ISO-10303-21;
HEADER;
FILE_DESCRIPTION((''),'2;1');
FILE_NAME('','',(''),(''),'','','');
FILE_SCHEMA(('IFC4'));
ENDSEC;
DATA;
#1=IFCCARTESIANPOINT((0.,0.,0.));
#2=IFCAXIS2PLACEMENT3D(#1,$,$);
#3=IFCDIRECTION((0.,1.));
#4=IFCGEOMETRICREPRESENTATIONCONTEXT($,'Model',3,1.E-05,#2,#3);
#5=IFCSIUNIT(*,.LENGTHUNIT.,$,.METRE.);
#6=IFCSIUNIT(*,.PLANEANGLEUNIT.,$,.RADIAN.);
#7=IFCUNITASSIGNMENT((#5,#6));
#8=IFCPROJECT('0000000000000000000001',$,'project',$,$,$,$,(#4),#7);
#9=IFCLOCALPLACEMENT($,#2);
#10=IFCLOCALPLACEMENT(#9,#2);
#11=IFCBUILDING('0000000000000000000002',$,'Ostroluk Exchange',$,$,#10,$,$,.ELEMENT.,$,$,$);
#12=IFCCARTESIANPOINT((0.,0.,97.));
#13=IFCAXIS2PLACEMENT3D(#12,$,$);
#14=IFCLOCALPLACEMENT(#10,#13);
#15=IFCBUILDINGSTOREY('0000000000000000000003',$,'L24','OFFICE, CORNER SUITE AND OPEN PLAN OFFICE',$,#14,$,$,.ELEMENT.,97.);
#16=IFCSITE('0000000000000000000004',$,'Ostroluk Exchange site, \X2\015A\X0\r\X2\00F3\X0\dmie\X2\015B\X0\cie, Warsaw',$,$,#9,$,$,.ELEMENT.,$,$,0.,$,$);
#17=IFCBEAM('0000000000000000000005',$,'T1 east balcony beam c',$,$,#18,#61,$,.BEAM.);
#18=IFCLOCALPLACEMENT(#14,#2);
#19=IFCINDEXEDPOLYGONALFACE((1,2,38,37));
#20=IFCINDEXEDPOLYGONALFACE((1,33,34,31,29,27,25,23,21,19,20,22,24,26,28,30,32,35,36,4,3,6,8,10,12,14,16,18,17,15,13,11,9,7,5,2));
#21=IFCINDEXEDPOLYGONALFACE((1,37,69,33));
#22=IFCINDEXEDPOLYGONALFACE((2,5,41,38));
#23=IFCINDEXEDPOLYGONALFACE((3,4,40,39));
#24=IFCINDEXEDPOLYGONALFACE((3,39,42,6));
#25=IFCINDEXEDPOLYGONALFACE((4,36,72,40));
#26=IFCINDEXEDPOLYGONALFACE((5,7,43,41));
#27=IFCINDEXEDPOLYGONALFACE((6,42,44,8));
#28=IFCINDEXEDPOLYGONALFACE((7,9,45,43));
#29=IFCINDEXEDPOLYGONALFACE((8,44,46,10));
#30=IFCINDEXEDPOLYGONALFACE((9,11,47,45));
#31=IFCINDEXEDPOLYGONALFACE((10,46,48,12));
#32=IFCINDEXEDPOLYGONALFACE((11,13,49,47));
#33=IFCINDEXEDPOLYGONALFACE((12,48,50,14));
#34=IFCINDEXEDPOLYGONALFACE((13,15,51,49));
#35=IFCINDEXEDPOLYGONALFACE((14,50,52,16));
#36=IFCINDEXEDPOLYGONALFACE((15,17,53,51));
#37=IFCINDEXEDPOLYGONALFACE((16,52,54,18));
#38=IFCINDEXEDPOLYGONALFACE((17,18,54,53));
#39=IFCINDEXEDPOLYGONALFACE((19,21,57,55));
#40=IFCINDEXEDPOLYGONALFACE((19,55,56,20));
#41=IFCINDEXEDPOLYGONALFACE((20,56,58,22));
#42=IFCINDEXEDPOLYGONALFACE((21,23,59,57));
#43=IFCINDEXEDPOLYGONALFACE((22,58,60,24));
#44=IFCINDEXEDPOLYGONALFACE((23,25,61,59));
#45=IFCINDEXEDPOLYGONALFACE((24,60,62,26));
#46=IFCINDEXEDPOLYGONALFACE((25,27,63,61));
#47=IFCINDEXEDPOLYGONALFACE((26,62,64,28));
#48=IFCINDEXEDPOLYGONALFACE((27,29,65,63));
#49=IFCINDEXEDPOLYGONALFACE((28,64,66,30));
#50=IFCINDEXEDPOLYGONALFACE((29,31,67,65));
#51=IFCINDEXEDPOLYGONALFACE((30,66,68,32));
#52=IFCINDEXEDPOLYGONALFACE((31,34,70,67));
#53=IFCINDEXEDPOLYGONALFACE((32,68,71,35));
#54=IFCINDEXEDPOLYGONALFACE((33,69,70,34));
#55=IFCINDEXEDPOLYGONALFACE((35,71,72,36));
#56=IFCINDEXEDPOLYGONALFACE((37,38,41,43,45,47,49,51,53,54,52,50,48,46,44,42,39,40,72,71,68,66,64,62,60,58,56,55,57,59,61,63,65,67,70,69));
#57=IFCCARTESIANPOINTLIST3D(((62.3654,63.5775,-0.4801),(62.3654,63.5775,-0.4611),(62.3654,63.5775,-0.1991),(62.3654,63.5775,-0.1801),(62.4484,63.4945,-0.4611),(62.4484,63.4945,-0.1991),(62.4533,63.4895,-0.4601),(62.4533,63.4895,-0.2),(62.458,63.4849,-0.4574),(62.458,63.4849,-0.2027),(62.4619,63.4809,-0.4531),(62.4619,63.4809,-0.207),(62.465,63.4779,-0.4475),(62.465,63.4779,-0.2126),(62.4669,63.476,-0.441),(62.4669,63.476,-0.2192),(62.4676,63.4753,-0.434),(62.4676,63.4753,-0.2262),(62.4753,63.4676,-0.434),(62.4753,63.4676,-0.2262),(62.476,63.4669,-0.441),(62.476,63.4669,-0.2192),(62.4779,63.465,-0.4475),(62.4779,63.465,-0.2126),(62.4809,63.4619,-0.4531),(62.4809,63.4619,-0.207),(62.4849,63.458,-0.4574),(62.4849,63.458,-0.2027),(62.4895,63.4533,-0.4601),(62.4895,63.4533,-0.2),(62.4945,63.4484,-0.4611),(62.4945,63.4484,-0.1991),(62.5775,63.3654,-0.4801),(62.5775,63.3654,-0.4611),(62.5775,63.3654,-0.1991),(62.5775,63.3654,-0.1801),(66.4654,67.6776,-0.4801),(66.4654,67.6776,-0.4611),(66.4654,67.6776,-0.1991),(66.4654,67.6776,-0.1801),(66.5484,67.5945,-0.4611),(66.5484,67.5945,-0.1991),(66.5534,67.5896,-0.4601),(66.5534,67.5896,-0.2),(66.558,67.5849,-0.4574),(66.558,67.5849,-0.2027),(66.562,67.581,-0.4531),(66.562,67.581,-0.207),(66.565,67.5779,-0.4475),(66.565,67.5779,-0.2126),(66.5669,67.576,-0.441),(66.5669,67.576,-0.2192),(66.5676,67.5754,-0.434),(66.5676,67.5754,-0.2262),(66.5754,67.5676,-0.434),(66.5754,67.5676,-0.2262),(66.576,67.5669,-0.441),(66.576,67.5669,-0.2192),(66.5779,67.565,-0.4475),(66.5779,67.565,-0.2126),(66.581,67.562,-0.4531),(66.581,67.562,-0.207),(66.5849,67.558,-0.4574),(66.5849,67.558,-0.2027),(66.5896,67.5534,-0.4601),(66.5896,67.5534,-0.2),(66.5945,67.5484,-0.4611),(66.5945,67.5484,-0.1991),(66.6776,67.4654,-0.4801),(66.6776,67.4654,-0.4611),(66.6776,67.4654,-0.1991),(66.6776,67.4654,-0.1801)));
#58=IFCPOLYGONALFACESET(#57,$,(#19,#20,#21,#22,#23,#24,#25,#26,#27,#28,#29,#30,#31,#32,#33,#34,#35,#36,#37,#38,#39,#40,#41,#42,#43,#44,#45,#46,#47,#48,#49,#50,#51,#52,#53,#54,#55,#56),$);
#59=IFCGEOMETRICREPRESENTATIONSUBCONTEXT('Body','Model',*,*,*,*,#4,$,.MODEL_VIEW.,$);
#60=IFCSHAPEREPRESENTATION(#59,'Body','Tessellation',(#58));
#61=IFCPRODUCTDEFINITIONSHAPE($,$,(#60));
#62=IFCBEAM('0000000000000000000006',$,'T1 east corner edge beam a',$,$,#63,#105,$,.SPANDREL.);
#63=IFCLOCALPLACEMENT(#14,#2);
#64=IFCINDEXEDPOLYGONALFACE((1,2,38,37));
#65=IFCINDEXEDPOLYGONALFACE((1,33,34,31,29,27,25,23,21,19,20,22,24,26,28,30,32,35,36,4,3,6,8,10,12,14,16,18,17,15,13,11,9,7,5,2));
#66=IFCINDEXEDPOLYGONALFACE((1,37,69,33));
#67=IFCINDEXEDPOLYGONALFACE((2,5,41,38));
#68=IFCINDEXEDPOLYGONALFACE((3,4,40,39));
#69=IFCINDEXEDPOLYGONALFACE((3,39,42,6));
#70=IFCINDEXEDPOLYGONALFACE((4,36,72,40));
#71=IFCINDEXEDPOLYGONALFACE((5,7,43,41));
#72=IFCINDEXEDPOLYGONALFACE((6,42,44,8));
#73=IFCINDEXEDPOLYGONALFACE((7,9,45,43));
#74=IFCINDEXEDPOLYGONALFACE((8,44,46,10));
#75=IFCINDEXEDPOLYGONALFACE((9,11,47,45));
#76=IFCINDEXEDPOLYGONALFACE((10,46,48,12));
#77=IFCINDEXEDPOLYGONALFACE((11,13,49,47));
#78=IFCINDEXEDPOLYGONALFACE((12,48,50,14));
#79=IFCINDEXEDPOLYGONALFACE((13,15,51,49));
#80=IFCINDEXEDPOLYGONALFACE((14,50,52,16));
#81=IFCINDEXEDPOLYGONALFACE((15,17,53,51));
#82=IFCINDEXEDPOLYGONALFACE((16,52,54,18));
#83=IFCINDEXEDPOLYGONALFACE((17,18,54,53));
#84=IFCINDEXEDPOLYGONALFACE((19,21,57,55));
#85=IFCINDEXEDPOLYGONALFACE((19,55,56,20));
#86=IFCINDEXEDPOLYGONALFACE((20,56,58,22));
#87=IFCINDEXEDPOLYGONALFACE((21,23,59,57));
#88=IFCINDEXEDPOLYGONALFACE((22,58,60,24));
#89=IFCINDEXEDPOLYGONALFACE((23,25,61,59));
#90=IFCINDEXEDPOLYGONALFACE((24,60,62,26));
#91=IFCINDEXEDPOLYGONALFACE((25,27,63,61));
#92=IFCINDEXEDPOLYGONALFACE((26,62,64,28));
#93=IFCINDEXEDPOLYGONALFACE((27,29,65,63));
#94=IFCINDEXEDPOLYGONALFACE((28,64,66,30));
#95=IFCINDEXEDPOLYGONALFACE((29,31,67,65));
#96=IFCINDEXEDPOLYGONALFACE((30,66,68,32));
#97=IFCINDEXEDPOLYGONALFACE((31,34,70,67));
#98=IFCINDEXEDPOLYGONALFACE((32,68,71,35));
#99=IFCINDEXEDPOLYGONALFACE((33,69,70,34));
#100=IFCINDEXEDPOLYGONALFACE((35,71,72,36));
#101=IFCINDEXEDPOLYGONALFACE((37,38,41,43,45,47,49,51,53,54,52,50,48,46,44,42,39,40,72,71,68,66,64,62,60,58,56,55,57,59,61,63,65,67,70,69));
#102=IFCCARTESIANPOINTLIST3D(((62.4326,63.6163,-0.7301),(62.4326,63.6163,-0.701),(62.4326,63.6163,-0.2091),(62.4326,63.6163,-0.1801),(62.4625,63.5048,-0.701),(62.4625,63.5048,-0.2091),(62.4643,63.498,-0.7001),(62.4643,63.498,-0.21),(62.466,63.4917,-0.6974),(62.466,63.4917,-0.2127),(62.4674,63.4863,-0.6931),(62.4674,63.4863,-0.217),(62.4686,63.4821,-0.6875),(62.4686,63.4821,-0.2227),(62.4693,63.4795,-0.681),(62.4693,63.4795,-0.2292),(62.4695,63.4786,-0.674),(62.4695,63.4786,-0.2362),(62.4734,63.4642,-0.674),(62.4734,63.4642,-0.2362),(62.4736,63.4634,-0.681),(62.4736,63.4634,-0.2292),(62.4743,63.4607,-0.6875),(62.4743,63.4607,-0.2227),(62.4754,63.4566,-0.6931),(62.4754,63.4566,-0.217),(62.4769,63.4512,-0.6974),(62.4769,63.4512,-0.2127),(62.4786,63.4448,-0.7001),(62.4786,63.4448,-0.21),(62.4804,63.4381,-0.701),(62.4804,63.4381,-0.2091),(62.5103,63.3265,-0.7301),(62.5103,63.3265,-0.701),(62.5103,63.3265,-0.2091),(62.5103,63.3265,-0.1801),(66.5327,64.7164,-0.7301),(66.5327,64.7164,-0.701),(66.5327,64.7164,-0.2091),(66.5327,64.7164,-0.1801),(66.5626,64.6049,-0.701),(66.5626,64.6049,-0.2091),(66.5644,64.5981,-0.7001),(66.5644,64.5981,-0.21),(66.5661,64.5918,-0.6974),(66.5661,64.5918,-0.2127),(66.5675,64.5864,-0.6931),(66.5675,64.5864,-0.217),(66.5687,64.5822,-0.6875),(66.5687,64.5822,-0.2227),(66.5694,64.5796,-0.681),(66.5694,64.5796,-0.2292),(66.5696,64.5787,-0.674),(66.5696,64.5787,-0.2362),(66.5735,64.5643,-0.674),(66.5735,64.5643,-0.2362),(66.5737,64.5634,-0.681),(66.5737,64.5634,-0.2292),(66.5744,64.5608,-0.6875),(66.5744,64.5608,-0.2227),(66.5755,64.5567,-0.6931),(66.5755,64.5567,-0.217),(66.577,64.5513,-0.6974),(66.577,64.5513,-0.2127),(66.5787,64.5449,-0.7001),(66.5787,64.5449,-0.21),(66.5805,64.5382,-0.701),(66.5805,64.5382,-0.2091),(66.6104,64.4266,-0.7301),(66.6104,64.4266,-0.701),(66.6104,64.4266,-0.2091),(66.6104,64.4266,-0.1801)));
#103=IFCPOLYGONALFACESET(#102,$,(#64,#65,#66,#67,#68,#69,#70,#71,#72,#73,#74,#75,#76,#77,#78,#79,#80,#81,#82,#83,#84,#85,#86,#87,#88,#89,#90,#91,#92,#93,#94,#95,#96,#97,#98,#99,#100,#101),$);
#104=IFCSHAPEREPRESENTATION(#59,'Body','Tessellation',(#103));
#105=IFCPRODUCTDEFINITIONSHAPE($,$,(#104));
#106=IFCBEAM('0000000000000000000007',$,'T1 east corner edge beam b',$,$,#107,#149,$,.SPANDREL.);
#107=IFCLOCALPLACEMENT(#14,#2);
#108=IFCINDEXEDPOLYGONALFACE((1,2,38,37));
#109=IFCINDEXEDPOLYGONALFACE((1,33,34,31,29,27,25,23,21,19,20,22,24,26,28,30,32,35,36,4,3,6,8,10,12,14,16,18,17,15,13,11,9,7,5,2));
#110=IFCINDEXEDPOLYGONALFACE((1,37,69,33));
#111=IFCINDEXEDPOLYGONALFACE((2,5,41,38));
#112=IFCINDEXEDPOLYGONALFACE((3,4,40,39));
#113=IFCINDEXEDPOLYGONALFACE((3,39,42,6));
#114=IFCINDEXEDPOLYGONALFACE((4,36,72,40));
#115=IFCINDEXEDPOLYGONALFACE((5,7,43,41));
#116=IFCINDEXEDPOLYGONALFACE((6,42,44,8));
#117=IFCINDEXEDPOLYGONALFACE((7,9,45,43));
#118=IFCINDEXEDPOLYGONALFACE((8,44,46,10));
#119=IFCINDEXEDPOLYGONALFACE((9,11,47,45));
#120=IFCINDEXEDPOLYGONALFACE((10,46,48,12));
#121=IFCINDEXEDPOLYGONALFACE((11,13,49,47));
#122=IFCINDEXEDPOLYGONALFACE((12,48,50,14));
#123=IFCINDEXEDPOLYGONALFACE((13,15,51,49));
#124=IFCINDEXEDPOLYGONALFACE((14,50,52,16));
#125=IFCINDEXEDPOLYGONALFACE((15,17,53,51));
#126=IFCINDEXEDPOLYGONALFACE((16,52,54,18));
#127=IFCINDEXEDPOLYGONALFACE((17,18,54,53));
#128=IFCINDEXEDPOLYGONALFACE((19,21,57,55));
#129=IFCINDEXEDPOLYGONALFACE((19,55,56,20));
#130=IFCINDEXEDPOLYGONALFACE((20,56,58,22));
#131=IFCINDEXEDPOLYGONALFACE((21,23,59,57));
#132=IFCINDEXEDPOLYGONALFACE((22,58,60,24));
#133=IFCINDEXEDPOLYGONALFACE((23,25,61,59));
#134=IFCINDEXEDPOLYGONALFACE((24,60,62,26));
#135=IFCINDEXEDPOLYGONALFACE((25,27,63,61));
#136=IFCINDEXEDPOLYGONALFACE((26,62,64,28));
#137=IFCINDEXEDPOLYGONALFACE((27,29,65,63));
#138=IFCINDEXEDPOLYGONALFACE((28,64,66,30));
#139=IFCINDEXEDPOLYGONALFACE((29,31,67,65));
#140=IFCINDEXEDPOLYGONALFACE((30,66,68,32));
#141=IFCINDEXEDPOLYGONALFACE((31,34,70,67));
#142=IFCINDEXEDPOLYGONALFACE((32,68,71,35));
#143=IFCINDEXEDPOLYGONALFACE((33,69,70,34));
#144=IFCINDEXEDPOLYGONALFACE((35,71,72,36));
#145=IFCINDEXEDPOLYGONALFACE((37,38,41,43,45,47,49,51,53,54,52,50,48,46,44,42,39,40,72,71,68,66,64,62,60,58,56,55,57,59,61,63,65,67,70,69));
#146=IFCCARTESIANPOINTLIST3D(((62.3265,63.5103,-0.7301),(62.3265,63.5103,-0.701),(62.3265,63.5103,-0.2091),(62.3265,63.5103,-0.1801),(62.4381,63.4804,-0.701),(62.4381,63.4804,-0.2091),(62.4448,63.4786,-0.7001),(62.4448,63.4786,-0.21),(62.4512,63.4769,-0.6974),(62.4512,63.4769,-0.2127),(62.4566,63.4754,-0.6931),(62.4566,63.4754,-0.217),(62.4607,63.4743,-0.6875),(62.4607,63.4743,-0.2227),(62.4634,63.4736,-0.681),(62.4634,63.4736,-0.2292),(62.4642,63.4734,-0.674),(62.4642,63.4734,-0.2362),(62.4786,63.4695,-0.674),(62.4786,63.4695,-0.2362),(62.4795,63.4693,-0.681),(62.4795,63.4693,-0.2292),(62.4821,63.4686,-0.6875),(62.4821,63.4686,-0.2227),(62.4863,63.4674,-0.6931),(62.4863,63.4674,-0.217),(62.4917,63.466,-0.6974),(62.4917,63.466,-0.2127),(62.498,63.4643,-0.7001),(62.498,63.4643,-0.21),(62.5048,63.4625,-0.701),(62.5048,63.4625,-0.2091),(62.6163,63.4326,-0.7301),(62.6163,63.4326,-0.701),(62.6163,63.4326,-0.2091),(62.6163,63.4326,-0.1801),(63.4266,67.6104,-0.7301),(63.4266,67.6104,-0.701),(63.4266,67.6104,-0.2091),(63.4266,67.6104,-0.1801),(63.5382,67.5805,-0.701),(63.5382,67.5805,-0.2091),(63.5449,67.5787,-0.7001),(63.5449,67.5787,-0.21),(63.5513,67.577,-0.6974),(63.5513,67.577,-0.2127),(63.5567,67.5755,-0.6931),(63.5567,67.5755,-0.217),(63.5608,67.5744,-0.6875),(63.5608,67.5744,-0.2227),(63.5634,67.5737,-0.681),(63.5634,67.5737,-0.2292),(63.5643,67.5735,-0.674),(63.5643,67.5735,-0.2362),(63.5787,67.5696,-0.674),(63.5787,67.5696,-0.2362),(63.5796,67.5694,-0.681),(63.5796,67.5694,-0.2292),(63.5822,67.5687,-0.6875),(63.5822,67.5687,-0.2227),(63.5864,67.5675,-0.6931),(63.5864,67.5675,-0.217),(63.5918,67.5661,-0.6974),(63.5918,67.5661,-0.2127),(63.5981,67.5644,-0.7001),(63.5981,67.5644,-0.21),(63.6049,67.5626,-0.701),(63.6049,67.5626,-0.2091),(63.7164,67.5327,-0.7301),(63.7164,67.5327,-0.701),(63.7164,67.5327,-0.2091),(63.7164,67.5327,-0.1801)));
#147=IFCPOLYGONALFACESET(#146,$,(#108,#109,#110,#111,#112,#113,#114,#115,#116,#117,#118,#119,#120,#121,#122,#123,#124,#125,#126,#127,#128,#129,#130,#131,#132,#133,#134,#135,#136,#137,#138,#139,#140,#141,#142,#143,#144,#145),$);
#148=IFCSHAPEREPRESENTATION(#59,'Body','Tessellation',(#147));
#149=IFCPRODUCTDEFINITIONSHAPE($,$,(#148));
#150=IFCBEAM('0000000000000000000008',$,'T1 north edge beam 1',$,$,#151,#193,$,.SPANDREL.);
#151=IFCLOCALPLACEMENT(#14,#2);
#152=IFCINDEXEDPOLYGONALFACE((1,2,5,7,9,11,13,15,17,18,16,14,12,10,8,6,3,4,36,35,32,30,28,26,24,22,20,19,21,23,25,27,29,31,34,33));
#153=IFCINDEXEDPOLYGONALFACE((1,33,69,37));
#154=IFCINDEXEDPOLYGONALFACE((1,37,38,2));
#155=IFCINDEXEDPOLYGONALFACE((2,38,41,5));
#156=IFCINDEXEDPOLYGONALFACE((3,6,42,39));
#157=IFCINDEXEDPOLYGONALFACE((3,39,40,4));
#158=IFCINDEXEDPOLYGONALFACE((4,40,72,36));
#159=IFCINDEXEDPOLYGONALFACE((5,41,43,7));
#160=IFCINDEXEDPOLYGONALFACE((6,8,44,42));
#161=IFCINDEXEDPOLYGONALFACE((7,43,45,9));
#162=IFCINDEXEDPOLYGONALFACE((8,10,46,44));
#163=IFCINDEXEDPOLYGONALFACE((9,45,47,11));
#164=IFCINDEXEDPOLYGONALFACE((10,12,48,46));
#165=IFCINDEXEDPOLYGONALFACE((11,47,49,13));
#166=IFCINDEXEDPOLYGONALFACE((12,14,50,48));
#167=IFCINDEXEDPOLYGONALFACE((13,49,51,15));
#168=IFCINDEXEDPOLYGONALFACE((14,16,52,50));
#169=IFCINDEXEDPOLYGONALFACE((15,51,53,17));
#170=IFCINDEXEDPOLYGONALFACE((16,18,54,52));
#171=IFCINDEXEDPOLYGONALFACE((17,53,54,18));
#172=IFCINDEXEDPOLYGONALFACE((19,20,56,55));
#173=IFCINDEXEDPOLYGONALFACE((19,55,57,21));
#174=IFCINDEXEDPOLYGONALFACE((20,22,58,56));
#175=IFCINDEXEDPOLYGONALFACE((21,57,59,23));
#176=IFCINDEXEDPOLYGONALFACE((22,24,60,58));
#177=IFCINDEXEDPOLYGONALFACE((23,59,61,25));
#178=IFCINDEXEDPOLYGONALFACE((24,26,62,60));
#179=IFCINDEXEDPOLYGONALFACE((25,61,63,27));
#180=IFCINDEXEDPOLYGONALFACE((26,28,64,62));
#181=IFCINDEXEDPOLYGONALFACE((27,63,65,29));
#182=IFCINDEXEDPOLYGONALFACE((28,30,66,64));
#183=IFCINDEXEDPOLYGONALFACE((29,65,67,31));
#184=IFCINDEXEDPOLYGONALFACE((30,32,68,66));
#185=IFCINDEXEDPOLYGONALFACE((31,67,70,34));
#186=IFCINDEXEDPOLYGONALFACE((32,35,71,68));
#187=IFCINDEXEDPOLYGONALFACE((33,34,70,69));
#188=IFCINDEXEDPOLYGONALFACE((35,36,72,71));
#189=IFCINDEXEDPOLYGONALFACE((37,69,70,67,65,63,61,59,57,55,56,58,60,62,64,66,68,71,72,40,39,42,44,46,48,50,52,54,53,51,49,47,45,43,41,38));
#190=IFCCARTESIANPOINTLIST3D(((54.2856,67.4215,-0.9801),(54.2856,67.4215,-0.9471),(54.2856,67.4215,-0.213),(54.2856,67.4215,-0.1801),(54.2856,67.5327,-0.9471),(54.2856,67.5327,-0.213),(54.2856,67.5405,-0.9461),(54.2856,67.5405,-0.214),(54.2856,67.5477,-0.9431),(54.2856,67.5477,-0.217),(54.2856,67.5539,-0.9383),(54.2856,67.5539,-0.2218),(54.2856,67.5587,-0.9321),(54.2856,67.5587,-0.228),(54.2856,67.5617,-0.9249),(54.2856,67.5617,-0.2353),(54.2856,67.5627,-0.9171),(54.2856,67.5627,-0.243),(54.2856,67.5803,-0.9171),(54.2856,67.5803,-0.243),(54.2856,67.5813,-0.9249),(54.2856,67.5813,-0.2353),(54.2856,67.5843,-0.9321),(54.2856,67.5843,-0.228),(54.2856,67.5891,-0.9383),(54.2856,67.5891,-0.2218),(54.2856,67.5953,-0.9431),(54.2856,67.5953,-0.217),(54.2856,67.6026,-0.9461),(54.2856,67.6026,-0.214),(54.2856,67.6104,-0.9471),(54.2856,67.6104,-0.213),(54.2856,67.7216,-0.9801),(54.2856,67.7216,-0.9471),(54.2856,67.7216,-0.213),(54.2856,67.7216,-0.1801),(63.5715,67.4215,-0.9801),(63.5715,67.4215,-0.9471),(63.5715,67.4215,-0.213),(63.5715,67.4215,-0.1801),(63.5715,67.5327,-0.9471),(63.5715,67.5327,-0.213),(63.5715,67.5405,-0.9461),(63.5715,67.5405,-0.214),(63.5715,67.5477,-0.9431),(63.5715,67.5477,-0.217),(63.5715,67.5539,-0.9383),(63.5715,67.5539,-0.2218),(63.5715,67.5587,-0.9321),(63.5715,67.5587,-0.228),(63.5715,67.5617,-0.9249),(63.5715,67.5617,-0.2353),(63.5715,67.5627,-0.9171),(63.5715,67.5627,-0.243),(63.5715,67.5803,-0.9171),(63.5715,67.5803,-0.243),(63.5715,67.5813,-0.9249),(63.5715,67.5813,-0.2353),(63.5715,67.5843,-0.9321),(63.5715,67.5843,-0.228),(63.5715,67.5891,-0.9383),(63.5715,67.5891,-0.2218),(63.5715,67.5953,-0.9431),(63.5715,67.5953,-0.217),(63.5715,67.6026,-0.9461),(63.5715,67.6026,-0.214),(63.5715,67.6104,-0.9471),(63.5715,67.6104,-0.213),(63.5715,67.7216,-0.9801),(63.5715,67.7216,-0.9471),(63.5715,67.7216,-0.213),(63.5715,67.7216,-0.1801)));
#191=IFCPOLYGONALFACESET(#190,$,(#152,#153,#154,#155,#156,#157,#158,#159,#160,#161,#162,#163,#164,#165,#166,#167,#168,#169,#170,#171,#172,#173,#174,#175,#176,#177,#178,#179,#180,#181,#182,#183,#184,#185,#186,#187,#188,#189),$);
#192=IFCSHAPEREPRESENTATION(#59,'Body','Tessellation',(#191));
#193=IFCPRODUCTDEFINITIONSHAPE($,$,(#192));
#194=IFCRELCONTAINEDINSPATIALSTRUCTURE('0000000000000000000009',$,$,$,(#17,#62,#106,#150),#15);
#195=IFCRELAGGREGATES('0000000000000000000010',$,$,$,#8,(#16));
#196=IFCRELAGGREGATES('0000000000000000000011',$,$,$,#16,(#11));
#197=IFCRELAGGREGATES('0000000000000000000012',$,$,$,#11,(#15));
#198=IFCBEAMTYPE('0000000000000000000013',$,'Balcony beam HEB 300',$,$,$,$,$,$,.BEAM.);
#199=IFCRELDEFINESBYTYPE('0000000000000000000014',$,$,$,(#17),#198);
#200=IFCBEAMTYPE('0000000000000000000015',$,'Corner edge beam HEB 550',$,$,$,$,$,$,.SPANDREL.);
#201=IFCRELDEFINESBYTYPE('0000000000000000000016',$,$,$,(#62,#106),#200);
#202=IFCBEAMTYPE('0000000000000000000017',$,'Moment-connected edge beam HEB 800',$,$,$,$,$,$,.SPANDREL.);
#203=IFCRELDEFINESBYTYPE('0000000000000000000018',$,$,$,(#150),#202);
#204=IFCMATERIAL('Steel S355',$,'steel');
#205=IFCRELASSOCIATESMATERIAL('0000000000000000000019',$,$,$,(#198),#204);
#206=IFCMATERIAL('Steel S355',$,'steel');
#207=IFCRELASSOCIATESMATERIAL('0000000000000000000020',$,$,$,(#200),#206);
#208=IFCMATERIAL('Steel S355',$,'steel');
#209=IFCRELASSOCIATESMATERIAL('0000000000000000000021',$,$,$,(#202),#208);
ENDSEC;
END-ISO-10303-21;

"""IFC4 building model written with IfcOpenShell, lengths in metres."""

from ifc_helpers import new_model, si_unit, direction, frame, origin, origin_2d, place, context, subcontext, project, spatial, i_section, extrude, material, material_profile, profile_set, type_object, element, save


model = new_model("IFC4")

# Units and contexts
model_context = context("Model", 3, precision=1e-05, world=origin(), true_north=direction((0.0, 1.0)))
body_context = subcontext(model_context, "Body", "Model", "MODEL_VIEW")
ifc_project = project(units=[si_unit("LENGTHUNIT", "METRE"), si_unit("PLANEANGLEUNIT", "RADIAN")], contexts=[model_context])

# Site, building, storey
site_placement = place(None, origin())
site = spatial("IfcSite", under=ifc_project, at=site_placement, Name="Ostroluk Exchange site, Śródmieście, Warsaw", CompositionType="ELEMENT", RefElevation=0.0)
building_placement = place(site_placement, origin())
building = spatial("IfcBuilding", under=site, at=building_placement, Name="Ostroluk Exchange", CompositionType="ELEMENT")
storey_placement = place(building_placement, frame((0.0, 0.0, 97.0)))
storey = spatial("IfcBuildingStorey", under=building, at=storey_placement, Name="L24", Description="OFFICE, CORNER SUITE AND OPEN PLAN OFFICE", CompositionType="ELEMENT", Elevation=97.0)

# Beams
ifc_material_1 = material(Name="Steel S355", Category="steel")
ifc_material_profile_1 = material_profile(ifc_material_1, i_section(OverallWidth=0.3, OverallDepth=0.3, WebThickness=0.011, FlangeThickness=0.019, FilletRadius=0.0271, at=origin_2d()), Name="HEB 300")
ifc_profile_set_1 = profile_set([ifc_material_profile_1], Name="Steel S355")
beam_type_1 = type_object("IfcBeamType", Name="Balcony beam HEB 300", PredefinedType="BEAM", material=ifc_profile_set_1)
beam_1_placement = place(storey_placement, frame((62.4714, 63.4714, -0.3301), z_axis=(0.707107, 0.707107, 0.0), x_axis=(-0.707107, 0.707107, 0.0)))
element("IfcBeam", 1, at=beam_1_placement, inside=storey, type_object=beam_type_1, Name="T1 east balcony beam c", PredefinedType="BEAM", context=body_context, shape_type="SweptSolid", body=[
    extrude(i_section(OverallWidth=0.3, OverallDepth=0.3, WebThickness=0.011, FlangeThickness=0.019, FilletRadius=0.0271, at=origin_2d()), origin(), (0.0, 0.0, 1.0), 5.7983),
])
ifc_material_2 = material(Name="Steel S355", Category="steel")
ifc_material_profile_2 = material_profile(ifc_material_2, i_section(OverallWidth=0.3, OverallDepth=0.55, WebThickness=0.0149, FlangeThickness=0.0291, FilletRadius=0.0271, at=origin_2d()), Name="HEB 550")
ifc_profile_set_2 = profile_set([ifc_material_profile_2], Name="Steel S355")
beam_type_2 = type_object("IfcBeamType", Name="Corner edge beam HEB 550", PredefinedType="SPANDREL", material=ifc_profile_set_2)
for number, where, z_axis, x_axis, name in (
    (2, (62.4714, 63.4714, -0.4551), (0.965839, 0.259144, 0.0), (-0.259144, 0.965839, 0.0), "T1 east corner edge beam a"),
    (3, (62.4714, 63.4714, -0.4551), (0.259144, 0.965839, 0.0), (-0.965839, 0.259144, 0.0), "T1 east corner edge beam b"),
):
    element("IfcBeam", number, at=place(storey_placement, frame(where, z_axis=z_axis, x_axis=x_axis)), inside=storey, type_object=beam_type_2, Name=name, PredefinedType="SPANDREL", context=body_context, shape_type="SweptSolid", body=[
        extrude(i_section(OverallWidth=0.3, OverallDepth=0.55, WebThickness=0.0149, FlangeThickness=0.0291, FilletRadius=0.0271, at=origin_2d()), origin(), (0.0, 0.0, 1.0), 4.2451),
    ])
ifc_material_3 = material(Name="Steel S355", Category="steel")
ifc_material_profile_3 = material_profile(ifc_material_3, i_section(OverallWidth=0.3, OverallDepth=0.8, WebThickness=0.0176, FlangeThickness=0.033, FilletRadius=0.03, at=origin_2d()), Name="HEB 800")
ifc_profile_set_3 = profile_set([ifc_material_profile_3], Name="Steel S355")
beam_type_3 = type_object("IfcBeamType", Name="Moment-connected edge beam HEB 800", PredefinedType="SPANDREL", material=ifc_profile_set_3)
beam_2_placement = place(storey_placement, frame((63.5715, 67.5715, -0.5801), z_axis=(-1.0, 0.0, 0.0), x_axis=(0.0, -1.0, 0.0)))
element("IfcBeam", 4, at=beam_2_placement, inside=storey, type_object=beam_type_3, Name="T1 north edge beam 1", PredefinedType="SPANDREL", context=body_context, shape_type="SweptSolid", body=[
    extrude(i_section(OverallWidth=0.3, OverallDepth=0.8, WebThickness=0.0176, FlangeThickness=0.033, FilletRadius=0.03, at=origin_2d()), origin(), (0.0, 0.0, 1.0), 9.2859),
])

save(model, "model.ifc")
